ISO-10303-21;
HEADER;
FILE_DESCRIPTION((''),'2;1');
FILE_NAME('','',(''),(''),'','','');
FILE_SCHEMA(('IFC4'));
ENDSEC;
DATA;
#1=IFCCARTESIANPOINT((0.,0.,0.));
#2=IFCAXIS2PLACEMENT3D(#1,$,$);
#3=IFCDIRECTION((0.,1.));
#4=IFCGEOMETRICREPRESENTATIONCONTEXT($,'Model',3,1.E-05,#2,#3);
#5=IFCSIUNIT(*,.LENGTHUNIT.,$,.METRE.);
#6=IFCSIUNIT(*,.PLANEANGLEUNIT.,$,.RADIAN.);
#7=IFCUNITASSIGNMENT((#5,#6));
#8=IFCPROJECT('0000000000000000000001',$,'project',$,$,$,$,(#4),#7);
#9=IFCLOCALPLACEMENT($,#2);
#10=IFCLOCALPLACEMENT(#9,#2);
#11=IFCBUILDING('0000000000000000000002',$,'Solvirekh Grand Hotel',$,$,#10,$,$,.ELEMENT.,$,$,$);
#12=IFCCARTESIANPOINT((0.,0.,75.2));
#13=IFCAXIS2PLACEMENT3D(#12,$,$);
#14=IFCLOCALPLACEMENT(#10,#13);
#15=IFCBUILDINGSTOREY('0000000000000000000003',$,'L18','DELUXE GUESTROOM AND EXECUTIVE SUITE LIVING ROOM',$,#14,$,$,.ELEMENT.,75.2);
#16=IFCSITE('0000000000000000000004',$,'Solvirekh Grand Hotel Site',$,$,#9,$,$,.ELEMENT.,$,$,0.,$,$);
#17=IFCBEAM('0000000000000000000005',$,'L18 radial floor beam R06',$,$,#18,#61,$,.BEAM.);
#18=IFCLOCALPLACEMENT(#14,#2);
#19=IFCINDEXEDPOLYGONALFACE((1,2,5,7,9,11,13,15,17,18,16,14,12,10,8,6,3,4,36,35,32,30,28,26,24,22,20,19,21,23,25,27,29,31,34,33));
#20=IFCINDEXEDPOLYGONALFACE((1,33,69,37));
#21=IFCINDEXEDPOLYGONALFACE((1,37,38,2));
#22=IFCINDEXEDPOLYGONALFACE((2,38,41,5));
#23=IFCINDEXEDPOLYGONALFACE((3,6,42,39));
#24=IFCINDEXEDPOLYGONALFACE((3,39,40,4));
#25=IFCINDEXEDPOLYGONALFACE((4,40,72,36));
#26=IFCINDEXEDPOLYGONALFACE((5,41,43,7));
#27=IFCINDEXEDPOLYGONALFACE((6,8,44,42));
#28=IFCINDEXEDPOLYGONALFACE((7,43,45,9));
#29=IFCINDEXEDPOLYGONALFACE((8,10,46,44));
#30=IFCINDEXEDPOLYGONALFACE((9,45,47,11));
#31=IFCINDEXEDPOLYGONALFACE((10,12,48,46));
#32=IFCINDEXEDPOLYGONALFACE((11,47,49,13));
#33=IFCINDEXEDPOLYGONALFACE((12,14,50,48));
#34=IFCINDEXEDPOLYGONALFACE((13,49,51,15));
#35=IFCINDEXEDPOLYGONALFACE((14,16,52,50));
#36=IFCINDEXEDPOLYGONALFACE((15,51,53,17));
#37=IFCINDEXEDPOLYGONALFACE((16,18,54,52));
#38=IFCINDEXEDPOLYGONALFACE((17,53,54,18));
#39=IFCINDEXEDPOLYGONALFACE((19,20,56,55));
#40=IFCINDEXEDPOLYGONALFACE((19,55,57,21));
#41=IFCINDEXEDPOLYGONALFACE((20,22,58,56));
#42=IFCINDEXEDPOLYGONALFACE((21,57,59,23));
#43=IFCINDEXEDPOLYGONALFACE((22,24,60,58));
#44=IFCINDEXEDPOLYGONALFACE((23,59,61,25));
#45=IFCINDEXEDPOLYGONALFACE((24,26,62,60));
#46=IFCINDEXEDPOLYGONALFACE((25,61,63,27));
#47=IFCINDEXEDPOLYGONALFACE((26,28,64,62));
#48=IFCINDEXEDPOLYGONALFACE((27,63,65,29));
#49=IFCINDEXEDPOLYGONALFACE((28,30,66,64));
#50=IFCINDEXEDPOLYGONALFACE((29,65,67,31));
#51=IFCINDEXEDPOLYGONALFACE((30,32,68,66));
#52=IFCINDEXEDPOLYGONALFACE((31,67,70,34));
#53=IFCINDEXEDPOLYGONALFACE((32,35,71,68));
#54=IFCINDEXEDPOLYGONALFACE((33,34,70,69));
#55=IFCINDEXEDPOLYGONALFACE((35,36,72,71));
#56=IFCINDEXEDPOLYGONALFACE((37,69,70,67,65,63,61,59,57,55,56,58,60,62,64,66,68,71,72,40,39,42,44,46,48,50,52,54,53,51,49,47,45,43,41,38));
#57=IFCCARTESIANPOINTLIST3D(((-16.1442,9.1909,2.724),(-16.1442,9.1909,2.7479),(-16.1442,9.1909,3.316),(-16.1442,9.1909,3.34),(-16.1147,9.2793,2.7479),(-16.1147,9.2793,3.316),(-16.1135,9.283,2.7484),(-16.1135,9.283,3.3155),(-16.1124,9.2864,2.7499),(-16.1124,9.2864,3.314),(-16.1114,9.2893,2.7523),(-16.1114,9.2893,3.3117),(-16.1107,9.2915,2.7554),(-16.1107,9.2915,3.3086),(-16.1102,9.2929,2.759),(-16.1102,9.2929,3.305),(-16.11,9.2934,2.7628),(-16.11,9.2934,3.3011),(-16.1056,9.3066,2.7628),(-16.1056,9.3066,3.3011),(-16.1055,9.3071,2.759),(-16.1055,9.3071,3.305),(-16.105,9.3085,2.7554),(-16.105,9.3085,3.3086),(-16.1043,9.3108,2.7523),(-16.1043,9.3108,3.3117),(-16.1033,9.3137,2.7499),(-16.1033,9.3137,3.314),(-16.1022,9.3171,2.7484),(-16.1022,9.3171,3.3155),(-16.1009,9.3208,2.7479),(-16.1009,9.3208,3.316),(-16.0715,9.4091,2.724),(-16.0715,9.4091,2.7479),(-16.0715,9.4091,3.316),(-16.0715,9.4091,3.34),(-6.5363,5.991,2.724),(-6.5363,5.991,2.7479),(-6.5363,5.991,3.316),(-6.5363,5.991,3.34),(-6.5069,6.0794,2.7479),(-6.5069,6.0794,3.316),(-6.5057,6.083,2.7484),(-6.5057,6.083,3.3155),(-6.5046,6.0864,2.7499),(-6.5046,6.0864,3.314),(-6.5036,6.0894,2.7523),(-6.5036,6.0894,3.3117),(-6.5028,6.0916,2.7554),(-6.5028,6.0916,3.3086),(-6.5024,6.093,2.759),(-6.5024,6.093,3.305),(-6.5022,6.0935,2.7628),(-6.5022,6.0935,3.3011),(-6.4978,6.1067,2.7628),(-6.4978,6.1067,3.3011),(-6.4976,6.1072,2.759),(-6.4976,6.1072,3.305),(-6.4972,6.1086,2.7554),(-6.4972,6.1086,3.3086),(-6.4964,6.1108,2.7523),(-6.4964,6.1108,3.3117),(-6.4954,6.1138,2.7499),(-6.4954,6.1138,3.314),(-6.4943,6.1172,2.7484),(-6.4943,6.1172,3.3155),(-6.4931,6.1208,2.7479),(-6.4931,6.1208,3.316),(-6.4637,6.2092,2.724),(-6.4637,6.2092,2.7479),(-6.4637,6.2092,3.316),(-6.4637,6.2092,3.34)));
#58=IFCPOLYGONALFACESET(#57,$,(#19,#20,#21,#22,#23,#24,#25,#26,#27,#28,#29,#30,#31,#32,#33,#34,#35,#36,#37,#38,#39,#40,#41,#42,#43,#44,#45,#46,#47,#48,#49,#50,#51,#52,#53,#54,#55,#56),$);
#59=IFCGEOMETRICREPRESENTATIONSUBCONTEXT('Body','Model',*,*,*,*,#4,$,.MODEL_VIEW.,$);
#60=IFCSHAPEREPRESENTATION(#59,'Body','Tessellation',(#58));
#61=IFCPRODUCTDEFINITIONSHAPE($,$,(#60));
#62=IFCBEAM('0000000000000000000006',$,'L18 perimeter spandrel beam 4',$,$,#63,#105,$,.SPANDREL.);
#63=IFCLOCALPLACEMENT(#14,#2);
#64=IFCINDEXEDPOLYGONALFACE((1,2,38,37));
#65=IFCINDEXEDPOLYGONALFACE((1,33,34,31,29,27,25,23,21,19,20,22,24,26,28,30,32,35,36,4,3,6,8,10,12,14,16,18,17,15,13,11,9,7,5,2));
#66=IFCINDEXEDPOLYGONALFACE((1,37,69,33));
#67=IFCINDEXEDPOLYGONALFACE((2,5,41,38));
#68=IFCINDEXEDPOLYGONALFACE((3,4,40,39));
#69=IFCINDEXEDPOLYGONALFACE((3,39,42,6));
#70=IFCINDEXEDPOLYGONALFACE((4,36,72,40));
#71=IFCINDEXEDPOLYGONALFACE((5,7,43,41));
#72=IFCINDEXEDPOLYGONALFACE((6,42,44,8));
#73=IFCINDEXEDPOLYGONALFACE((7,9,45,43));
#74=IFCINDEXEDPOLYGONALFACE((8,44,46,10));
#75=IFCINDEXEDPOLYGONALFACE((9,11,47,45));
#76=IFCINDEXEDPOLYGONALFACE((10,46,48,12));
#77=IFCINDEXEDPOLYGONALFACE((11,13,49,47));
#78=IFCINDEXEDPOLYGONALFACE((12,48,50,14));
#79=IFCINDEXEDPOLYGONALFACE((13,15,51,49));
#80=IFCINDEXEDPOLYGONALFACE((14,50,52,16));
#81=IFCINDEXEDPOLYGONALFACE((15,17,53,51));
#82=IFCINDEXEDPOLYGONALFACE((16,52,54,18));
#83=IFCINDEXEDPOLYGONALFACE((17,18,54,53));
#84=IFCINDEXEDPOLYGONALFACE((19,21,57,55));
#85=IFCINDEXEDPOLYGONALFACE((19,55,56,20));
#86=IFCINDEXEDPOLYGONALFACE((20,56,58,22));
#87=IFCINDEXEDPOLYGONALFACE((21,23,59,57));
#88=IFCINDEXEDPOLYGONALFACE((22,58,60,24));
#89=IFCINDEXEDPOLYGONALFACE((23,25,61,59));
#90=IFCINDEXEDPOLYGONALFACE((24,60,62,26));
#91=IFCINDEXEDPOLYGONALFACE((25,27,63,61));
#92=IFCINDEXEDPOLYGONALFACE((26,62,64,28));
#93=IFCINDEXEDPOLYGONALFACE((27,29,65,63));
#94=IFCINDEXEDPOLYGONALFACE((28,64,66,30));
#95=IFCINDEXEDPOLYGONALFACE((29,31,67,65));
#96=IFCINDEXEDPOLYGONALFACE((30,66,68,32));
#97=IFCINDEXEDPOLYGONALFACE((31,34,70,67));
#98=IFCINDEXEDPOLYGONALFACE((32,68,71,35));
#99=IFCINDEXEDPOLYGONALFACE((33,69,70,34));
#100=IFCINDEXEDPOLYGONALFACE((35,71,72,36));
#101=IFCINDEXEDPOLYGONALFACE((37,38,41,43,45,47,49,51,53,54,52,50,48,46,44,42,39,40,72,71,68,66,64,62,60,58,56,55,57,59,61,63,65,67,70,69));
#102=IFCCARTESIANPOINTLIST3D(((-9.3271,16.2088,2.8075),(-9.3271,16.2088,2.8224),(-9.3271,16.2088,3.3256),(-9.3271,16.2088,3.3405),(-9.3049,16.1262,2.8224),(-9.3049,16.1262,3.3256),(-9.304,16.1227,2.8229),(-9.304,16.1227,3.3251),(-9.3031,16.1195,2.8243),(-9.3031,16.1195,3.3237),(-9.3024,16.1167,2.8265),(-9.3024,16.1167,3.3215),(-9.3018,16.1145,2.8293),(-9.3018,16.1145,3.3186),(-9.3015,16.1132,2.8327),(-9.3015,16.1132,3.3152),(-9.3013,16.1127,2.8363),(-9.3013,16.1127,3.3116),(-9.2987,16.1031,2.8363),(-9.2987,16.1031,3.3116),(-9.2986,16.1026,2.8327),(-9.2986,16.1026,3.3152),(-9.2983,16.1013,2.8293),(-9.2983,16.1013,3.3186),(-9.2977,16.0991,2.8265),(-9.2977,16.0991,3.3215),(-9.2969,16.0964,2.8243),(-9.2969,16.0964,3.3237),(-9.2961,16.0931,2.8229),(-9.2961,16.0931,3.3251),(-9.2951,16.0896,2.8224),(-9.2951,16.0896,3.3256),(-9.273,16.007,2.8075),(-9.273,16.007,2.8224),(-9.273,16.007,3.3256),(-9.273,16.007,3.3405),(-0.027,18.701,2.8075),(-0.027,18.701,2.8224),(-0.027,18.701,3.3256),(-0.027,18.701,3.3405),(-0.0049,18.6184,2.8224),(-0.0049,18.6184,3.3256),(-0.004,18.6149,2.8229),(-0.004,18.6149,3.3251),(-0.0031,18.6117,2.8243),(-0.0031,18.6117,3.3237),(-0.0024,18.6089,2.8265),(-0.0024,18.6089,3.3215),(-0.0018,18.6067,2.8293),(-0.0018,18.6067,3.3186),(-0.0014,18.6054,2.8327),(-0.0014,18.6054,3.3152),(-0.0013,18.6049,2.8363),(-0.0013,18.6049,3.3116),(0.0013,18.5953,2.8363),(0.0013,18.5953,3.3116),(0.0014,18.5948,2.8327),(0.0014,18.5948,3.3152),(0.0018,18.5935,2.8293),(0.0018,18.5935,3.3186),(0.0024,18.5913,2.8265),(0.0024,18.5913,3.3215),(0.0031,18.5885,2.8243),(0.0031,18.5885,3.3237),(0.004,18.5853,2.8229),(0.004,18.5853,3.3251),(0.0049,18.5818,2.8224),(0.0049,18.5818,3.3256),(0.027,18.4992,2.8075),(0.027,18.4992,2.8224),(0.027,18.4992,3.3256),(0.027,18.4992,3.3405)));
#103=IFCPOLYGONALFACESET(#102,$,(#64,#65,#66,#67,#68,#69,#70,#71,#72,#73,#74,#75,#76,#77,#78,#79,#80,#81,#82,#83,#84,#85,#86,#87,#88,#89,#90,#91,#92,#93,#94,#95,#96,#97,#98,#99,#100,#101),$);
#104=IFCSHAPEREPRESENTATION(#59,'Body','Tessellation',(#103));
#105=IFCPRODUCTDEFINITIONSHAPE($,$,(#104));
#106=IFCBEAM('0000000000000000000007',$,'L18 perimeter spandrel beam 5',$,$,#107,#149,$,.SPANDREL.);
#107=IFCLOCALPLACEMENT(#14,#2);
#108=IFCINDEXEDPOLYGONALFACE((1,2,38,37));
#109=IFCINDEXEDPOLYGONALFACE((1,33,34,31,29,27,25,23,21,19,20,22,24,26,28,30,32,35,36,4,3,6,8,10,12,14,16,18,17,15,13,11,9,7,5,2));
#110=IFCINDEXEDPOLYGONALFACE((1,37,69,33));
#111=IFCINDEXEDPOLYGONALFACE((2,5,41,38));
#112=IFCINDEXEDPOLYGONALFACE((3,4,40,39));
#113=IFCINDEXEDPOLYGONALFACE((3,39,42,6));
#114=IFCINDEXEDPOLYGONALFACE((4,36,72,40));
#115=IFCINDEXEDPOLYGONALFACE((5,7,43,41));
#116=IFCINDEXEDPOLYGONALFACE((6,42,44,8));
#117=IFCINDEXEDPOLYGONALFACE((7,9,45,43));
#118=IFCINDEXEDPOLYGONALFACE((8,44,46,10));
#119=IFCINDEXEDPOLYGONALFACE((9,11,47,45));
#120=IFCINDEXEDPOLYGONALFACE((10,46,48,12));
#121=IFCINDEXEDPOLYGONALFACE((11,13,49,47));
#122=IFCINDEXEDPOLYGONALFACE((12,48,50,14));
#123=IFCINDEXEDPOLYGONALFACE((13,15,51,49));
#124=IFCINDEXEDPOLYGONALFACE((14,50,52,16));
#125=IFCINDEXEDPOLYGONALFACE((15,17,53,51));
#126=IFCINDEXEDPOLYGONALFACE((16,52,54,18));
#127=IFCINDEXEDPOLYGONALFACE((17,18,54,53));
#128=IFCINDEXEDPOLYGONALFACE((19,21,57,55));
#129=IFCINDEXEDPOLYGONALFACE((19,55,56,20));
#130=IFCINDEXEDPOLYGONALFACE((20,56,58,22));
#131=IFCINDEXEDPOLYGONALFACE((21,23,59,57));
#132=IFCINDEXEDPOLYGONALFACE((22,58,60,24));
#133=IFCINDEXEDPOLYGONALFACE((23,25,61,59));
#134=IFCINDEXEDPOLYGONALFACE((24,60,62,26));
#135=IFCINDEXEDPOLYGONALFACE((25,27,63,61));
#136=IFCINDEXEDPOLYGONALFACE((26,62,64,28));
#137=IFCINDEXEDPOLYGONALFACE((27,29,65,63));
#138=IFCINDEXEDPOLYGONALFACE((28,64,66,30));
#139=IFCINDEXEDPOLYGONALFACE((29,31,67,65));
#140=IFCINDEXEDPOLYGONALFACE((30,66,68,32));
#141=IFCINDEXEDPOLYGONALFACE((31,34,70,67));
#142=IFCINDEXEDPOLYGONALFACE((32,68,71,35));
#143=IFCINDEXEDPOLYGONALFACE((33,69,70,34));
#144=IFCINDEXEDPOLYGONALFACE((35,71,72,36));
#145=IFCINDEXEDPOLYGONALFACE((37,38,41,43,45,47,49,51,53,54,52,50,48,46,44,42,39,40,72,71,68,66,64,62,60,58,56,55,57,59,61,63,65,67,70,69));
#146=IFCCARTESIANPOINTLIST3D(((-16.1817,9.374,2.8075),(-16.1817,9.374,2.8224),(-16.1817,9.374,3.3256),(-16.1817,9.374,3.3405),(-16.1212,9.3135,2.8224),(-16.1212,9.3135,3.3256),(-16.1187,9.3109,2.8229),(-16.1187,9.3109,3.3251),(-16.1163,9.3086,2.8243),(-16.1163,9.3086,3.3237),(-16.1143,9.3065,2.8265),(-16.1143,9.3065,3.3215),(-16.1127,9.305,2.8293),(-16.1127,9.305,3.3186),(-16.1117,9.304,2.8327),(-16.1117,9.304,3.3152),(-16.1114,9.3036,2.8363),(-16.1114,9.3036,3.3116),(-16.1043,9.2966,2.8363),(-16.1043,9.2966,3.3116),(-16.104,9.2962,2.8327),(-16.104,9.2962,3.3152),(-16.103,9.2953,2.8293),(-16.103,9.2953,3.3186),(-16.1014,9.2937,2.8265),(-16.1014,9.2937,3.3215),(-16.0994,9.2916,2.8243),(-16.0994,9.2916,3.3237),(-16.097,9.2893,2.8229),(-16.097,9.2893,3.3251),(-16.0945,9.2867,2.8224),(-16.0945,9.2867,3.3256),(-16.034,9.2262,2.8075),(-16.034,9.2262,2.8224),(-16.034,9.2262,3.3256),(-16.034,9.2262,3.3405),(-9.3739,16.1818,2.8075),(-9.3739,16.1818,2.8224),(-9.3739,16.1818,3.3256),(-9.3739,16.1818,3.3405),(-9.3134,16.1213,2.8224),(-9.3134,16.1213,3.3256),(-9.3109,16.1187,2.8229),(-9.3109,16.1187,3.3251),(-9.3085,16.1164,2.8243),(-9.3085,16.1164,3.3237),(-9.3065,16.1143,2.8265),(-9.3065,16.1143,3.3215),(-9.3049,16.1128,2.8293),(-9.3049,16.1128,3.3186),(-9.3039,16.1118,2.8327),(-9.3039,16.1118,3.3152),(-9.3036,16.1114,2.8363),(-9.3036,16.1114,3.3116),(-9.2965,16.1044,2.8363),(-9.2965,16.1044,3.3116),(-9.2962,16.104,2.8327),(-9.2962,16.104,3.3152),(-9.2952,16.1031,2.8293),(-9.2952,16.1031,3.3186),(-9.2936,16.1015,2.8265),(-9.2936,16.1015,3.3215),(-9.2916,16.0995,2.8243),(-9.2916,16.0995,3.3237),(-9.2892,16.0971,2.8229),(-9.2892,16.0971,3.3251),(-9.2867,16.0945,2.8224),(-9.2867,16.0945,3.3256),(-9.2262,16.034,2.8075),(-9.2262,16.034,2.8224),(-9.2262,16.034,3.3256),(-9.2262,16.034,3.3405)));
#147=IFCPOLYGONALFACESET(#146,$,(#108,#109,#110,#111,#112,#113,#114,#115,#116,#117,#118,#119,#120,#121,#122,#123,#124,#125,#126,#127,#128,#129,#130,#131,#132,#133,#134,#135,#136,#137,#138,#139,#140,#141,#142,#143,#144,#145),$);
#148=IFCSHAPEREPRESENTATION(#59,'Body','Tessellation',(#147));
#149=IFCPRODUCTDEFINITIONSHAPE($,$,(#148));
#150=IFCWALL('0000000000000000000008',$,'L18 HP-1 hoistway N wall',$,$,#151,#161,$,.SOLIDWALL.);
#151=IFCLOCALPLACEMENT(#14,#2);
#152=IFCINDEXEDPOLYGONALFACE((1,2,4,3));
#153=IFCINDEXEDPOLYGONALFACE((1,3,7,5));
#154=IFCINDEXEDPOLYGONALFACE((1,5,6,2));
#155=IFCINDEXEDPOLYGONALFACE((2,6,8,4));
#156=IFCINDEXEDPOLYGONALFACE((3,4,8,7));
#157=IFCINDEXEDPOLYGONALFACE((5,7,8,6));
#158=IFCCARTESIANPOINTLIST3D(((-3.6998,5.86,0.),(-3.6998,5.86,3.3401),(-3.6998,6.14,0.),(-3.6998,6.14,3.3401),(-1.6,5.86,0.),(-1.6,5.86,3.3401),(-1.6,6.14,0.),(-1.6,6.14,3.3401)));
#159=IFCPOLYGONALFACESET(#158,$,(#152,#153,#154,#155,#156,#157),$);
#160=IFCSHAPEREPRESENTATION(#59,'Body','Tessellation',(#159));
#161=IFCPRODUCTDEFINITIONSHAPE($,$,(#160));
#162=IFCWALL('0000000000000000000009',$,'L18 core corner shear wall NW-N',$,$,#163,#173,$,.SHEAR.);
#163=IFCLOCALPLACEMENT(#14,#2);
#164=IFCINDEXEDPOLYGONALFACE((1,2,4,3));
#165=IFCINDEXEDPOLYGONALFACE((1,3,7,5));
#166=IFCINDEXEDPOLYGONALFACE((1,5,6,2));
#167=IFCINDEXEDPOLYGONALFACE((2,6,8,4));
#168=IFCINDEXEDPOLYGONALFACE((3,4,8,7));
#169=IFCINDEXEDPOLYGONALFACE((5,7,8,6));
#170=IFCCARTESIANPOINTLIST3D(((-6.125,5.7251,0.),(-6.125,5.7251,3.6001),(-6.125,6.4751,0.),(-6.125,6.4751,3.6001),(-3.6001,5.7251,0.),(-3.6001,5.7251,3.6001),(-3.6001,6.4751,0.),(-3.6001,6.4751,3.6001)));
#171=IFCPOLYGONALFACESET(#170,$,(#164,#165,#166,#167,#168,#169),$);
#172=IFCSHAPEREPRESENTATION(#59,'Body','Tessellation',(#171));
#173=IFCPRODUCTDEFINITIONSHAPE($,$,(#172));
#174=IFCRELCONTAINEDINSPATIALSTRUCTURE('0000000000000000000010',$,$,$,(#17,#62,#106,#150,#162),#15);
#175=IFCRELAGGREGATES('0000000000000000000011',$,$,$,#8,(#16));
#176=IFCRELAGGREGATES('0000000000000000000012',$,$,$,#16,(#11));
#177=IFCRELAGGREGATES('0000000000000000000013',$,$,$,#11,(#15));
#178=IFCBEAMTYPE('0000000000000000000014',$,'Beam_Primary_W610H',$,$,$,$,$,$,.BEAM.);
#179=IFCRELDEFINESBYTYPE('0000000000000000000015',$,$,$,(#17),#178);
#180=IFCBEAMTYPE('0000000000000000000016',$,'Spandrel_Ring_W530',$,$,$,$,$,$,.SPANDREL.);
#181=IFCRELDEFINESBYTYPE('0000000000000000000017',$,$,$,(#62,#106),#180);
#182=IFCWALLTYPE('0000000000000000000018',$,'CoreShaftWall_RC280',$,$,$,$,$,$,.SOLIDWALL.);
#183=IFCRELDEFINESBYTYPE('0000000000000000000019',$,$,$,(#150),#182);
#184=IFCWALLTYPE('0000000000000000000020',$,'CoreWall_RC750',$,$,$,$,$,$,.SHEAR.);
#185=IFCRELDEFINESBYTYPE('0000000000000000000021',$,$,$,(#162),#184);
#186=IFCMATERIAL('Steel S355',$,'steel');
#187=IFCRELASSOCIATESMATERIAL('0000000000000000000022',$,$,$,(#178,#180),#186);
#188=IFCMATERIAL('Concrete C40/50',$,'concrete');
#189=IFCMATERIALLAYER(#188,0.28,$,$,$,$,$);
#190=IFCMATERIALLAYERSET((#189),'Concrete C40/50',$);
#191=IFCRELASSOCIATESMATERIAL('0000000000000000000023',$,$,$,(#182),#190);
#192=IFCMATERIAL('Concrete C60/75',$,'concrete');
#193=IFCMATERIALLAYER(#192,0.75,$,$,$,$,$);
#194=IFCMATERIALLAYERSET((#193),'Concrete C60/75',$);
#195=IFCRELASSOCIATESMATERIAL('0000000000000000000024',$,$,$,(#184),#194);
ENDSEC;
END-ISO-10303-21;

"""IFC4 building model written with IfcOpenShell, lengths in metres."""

from ifc_helpers import new_model, si_unit, direction, frame, frame_2d, origin, origin_2d, place, context, subcontext, project, spatial, rectangle, i_section, extrude, material, layer, layer_set, material_profile, profile_set, type_object, element, save


model = new_model("IFC4")

# Units and contexts
model_context = context("Model", 3, precision=1e-05, world=origin(), true_north=direction((0.0, 1.0)))
body_context = subcontext(model_context, "Body", "Model", "MODEL_VIEW")
ifc_project = project(units=[si_unit("LENGTHUNIT", "METRE"), si_unit("PLANEANGLEUNIT", "RADIAN")], contexts=[model_context])

# Site, building, storey
site_placement = place(None, origin())
site = spatial("IfcSite", under=ifc_project, at=site_placement, Name="Solvirekh Grand Hotel Site", CompositionType="ELEMENT", RefElevation=0.0)
building_placement = place(site_placement, origin())
building = spatial("IfcBuilding", under=site, at=building_placement, Name="Solvirekh Grand Hotel", CompositionType="ELEMENT")
storey_placement = place(building_placement, frame((0.0, 0.0, 75.2)))
storey = spatial("IfcBuildingStorey", under=building, at=storey_placement, Name="L18", Description="DELUXE GUESTROOM AND EXECUTIVE SUITE LIVING ROOM", CompositionType="ELEMENT", Elevation=75.2)

# Shared definitions
ifc_material_1 = material(Name="Concrete C60/75", Category="concrete")

# Beams
ifc_material_2 = material(Name="Steel S355", Category="steel")
ifc_material_profile_1 = material_profile(ifc_material_2, i_section(OverallWidth=0.23, OverallDepth=0.616, WebThickness=0.0139, FlangeThickness=0.0239, FilletRadius=0.0149, at=origin_2d()), Name="W610X174")
ifc_profile_set_1 = profile_set([ifc_material_profile_1], Name="Steel S355")
beam_type_1 = type_object("IfcBeamType", Name="Beam_Primary_W610H", PredefinedType="BEAM", material=ifc_profile_set_1)
beam_1_placement = place(storey_placement, frame((-6.5, 6.1001, 3.032), z_axis=(-0.948763, 0.315989, 0.0), x_axis=(-0.315989, -0.948763, 0.0)))
element("IfcBeam", 1, at=beam_1_placement, inside=storey, type_object=beam_type_1, Name="L18 radial floor beam R06", PredefinedType="BEAM", context=body_context, shape_type="SweptSolid", body=[
    extrude(i_section(OverallWidth=0.23, OverallDepth=0.616, WebThickness=0.0139, FlangeThickness=0.0239, FilletRadius=0.0149, at=origin_2d()), origin(), (0.0, 0.0, 1.0), 10.1267),
])
ifc_material_profile_2 = material_profile(ifc_material_2, i_section(OverallWidth=0.209, OverallDepth=0.533, WebThickness=0.01, FlangeThickness=0.0149, FilletRadius=0.0139, at=origin_2d()), Name="W530X92")
ifc_profile_set_2 = profile_set([ifc_material_profile_2], Name="Steel S355")
beam_type_2 = type_object("IfcBeamType", Name="Spandrel_Ring_W530", PredefinedType="SPANDREL", material=ifc_profile_set_2)
beam_2_placement = place(storey_placement, frame((0.0, 18.6001, 3.074), z_axis=(-0.965919, -0.258843, 0.0), x_axis=(0.258843, -0.965919, 0.0)))
element("IfcBeam", 2, at=beam_2_placement, inside=storey, type_object=beam_type_2, Name="L18 perimeter spandrel beam 4", PredefinedType="SPANDREL", context=body_context, shape_type="SweptSolid", body=[
    extrude(i_section(OverallWidth=0.209, OverallDepth=0.533, WebThickness=0.01, FlangeThickness=0.0149, FilletRadius=0.0139, at=origin_2d()), origin(), (0.0, 0.0, 1.0), 9.6282),
])
beam_3_placement = place(storey_placement, frame((-9.3, 16.1079, 3.074), z_axis=(-0.707107, -0.707107, 0.0), x_axis=(0.707107, -0.707107, 0.0)))
element("IfcBeam", 3, at=beam_3_placement, inside=storey, type_object=beam_type_2, Name="L18 perimeter spandrel beam 5", PredefinedType="SPANDREL", context=body_context, shape_type="SweptSolid", body=[
    extrude(i_section(OverallWidth=0.209, OverallDepth=0.533, WebThickness=0.01, FlangeThickness=0.0149, FilletRadius=0.0139, at=origin_2d()), origin(), (0.0, 0.0, 1.0), 9.6277),
])

# Walls
ifc_material_3 = material(Name="Concrete C40/50", Category="concrete")
ifc_layer_1 = layer(ifc_material_3, 0.28)
ifc_layer_set_1 = layer_set([ifc_layer_1], Name="Concrete C40/50")
wall_type_1 = type_object("IfcWallType", Name="CoreShaftWall_RC280", PredefinedType="SOLIDWALL", material=ifc_layer_set_1)
wall_1_placement = place(storey_placement, frame((-1.6001, 6.0, 0.0), z_axis=(0.0, 0.0, 1.0), x_axis=(-1.0, 0.0, 0.0)))
element("IfcWall", 4, at=wall_1_placement, inside=storey, type_object=wall_type_1, Name="L18 HP-1 hoistway N wall", PredefinedType="SOLIDWALL", context=body_context, shape_type="SweptSolid", body=[
    extrude(rectangle(XDim=2.0999, YDim=0.28, at=frame_2d((1.0498, 0.0))), origin(), (0.0, 0.0, 1.0), 3.3401),
])
ifc_layer_2 = layer(ifc_material_1, 0.75)
ifc_layer_set_2 = layer_set([ifc_layer_2], Name="Concrete C60/75")
wall_type_2 = type_object("IfcWallType", Name="CoreWall_RC750", PredefinedType="SHEAR", material=ifc_layer_set_2)
wall_2_placement = place(storey_placement, frame((-6.125, 6.1001, 0.0), z_axis=(0.0, 0.0, 1.0), x_axis=(1.0, 0.0, 0.0)))
element("IfcWall", 5, at=wall_2_placement, inside=storey, type_object=wall_type_2, Name="L18 core corner shear wall NW-N", PredefinedType="SHEAR", context=body_context, shape_type="SweptSolid", body=[
    extrude(rectangle(XDim=2.5249, YDim=0.75, at=frame_2d((1.2625, 0.0))), origin(), (0.0, 0.0, 1.0), 3.6001),
])

save(model, "model.ifc")
